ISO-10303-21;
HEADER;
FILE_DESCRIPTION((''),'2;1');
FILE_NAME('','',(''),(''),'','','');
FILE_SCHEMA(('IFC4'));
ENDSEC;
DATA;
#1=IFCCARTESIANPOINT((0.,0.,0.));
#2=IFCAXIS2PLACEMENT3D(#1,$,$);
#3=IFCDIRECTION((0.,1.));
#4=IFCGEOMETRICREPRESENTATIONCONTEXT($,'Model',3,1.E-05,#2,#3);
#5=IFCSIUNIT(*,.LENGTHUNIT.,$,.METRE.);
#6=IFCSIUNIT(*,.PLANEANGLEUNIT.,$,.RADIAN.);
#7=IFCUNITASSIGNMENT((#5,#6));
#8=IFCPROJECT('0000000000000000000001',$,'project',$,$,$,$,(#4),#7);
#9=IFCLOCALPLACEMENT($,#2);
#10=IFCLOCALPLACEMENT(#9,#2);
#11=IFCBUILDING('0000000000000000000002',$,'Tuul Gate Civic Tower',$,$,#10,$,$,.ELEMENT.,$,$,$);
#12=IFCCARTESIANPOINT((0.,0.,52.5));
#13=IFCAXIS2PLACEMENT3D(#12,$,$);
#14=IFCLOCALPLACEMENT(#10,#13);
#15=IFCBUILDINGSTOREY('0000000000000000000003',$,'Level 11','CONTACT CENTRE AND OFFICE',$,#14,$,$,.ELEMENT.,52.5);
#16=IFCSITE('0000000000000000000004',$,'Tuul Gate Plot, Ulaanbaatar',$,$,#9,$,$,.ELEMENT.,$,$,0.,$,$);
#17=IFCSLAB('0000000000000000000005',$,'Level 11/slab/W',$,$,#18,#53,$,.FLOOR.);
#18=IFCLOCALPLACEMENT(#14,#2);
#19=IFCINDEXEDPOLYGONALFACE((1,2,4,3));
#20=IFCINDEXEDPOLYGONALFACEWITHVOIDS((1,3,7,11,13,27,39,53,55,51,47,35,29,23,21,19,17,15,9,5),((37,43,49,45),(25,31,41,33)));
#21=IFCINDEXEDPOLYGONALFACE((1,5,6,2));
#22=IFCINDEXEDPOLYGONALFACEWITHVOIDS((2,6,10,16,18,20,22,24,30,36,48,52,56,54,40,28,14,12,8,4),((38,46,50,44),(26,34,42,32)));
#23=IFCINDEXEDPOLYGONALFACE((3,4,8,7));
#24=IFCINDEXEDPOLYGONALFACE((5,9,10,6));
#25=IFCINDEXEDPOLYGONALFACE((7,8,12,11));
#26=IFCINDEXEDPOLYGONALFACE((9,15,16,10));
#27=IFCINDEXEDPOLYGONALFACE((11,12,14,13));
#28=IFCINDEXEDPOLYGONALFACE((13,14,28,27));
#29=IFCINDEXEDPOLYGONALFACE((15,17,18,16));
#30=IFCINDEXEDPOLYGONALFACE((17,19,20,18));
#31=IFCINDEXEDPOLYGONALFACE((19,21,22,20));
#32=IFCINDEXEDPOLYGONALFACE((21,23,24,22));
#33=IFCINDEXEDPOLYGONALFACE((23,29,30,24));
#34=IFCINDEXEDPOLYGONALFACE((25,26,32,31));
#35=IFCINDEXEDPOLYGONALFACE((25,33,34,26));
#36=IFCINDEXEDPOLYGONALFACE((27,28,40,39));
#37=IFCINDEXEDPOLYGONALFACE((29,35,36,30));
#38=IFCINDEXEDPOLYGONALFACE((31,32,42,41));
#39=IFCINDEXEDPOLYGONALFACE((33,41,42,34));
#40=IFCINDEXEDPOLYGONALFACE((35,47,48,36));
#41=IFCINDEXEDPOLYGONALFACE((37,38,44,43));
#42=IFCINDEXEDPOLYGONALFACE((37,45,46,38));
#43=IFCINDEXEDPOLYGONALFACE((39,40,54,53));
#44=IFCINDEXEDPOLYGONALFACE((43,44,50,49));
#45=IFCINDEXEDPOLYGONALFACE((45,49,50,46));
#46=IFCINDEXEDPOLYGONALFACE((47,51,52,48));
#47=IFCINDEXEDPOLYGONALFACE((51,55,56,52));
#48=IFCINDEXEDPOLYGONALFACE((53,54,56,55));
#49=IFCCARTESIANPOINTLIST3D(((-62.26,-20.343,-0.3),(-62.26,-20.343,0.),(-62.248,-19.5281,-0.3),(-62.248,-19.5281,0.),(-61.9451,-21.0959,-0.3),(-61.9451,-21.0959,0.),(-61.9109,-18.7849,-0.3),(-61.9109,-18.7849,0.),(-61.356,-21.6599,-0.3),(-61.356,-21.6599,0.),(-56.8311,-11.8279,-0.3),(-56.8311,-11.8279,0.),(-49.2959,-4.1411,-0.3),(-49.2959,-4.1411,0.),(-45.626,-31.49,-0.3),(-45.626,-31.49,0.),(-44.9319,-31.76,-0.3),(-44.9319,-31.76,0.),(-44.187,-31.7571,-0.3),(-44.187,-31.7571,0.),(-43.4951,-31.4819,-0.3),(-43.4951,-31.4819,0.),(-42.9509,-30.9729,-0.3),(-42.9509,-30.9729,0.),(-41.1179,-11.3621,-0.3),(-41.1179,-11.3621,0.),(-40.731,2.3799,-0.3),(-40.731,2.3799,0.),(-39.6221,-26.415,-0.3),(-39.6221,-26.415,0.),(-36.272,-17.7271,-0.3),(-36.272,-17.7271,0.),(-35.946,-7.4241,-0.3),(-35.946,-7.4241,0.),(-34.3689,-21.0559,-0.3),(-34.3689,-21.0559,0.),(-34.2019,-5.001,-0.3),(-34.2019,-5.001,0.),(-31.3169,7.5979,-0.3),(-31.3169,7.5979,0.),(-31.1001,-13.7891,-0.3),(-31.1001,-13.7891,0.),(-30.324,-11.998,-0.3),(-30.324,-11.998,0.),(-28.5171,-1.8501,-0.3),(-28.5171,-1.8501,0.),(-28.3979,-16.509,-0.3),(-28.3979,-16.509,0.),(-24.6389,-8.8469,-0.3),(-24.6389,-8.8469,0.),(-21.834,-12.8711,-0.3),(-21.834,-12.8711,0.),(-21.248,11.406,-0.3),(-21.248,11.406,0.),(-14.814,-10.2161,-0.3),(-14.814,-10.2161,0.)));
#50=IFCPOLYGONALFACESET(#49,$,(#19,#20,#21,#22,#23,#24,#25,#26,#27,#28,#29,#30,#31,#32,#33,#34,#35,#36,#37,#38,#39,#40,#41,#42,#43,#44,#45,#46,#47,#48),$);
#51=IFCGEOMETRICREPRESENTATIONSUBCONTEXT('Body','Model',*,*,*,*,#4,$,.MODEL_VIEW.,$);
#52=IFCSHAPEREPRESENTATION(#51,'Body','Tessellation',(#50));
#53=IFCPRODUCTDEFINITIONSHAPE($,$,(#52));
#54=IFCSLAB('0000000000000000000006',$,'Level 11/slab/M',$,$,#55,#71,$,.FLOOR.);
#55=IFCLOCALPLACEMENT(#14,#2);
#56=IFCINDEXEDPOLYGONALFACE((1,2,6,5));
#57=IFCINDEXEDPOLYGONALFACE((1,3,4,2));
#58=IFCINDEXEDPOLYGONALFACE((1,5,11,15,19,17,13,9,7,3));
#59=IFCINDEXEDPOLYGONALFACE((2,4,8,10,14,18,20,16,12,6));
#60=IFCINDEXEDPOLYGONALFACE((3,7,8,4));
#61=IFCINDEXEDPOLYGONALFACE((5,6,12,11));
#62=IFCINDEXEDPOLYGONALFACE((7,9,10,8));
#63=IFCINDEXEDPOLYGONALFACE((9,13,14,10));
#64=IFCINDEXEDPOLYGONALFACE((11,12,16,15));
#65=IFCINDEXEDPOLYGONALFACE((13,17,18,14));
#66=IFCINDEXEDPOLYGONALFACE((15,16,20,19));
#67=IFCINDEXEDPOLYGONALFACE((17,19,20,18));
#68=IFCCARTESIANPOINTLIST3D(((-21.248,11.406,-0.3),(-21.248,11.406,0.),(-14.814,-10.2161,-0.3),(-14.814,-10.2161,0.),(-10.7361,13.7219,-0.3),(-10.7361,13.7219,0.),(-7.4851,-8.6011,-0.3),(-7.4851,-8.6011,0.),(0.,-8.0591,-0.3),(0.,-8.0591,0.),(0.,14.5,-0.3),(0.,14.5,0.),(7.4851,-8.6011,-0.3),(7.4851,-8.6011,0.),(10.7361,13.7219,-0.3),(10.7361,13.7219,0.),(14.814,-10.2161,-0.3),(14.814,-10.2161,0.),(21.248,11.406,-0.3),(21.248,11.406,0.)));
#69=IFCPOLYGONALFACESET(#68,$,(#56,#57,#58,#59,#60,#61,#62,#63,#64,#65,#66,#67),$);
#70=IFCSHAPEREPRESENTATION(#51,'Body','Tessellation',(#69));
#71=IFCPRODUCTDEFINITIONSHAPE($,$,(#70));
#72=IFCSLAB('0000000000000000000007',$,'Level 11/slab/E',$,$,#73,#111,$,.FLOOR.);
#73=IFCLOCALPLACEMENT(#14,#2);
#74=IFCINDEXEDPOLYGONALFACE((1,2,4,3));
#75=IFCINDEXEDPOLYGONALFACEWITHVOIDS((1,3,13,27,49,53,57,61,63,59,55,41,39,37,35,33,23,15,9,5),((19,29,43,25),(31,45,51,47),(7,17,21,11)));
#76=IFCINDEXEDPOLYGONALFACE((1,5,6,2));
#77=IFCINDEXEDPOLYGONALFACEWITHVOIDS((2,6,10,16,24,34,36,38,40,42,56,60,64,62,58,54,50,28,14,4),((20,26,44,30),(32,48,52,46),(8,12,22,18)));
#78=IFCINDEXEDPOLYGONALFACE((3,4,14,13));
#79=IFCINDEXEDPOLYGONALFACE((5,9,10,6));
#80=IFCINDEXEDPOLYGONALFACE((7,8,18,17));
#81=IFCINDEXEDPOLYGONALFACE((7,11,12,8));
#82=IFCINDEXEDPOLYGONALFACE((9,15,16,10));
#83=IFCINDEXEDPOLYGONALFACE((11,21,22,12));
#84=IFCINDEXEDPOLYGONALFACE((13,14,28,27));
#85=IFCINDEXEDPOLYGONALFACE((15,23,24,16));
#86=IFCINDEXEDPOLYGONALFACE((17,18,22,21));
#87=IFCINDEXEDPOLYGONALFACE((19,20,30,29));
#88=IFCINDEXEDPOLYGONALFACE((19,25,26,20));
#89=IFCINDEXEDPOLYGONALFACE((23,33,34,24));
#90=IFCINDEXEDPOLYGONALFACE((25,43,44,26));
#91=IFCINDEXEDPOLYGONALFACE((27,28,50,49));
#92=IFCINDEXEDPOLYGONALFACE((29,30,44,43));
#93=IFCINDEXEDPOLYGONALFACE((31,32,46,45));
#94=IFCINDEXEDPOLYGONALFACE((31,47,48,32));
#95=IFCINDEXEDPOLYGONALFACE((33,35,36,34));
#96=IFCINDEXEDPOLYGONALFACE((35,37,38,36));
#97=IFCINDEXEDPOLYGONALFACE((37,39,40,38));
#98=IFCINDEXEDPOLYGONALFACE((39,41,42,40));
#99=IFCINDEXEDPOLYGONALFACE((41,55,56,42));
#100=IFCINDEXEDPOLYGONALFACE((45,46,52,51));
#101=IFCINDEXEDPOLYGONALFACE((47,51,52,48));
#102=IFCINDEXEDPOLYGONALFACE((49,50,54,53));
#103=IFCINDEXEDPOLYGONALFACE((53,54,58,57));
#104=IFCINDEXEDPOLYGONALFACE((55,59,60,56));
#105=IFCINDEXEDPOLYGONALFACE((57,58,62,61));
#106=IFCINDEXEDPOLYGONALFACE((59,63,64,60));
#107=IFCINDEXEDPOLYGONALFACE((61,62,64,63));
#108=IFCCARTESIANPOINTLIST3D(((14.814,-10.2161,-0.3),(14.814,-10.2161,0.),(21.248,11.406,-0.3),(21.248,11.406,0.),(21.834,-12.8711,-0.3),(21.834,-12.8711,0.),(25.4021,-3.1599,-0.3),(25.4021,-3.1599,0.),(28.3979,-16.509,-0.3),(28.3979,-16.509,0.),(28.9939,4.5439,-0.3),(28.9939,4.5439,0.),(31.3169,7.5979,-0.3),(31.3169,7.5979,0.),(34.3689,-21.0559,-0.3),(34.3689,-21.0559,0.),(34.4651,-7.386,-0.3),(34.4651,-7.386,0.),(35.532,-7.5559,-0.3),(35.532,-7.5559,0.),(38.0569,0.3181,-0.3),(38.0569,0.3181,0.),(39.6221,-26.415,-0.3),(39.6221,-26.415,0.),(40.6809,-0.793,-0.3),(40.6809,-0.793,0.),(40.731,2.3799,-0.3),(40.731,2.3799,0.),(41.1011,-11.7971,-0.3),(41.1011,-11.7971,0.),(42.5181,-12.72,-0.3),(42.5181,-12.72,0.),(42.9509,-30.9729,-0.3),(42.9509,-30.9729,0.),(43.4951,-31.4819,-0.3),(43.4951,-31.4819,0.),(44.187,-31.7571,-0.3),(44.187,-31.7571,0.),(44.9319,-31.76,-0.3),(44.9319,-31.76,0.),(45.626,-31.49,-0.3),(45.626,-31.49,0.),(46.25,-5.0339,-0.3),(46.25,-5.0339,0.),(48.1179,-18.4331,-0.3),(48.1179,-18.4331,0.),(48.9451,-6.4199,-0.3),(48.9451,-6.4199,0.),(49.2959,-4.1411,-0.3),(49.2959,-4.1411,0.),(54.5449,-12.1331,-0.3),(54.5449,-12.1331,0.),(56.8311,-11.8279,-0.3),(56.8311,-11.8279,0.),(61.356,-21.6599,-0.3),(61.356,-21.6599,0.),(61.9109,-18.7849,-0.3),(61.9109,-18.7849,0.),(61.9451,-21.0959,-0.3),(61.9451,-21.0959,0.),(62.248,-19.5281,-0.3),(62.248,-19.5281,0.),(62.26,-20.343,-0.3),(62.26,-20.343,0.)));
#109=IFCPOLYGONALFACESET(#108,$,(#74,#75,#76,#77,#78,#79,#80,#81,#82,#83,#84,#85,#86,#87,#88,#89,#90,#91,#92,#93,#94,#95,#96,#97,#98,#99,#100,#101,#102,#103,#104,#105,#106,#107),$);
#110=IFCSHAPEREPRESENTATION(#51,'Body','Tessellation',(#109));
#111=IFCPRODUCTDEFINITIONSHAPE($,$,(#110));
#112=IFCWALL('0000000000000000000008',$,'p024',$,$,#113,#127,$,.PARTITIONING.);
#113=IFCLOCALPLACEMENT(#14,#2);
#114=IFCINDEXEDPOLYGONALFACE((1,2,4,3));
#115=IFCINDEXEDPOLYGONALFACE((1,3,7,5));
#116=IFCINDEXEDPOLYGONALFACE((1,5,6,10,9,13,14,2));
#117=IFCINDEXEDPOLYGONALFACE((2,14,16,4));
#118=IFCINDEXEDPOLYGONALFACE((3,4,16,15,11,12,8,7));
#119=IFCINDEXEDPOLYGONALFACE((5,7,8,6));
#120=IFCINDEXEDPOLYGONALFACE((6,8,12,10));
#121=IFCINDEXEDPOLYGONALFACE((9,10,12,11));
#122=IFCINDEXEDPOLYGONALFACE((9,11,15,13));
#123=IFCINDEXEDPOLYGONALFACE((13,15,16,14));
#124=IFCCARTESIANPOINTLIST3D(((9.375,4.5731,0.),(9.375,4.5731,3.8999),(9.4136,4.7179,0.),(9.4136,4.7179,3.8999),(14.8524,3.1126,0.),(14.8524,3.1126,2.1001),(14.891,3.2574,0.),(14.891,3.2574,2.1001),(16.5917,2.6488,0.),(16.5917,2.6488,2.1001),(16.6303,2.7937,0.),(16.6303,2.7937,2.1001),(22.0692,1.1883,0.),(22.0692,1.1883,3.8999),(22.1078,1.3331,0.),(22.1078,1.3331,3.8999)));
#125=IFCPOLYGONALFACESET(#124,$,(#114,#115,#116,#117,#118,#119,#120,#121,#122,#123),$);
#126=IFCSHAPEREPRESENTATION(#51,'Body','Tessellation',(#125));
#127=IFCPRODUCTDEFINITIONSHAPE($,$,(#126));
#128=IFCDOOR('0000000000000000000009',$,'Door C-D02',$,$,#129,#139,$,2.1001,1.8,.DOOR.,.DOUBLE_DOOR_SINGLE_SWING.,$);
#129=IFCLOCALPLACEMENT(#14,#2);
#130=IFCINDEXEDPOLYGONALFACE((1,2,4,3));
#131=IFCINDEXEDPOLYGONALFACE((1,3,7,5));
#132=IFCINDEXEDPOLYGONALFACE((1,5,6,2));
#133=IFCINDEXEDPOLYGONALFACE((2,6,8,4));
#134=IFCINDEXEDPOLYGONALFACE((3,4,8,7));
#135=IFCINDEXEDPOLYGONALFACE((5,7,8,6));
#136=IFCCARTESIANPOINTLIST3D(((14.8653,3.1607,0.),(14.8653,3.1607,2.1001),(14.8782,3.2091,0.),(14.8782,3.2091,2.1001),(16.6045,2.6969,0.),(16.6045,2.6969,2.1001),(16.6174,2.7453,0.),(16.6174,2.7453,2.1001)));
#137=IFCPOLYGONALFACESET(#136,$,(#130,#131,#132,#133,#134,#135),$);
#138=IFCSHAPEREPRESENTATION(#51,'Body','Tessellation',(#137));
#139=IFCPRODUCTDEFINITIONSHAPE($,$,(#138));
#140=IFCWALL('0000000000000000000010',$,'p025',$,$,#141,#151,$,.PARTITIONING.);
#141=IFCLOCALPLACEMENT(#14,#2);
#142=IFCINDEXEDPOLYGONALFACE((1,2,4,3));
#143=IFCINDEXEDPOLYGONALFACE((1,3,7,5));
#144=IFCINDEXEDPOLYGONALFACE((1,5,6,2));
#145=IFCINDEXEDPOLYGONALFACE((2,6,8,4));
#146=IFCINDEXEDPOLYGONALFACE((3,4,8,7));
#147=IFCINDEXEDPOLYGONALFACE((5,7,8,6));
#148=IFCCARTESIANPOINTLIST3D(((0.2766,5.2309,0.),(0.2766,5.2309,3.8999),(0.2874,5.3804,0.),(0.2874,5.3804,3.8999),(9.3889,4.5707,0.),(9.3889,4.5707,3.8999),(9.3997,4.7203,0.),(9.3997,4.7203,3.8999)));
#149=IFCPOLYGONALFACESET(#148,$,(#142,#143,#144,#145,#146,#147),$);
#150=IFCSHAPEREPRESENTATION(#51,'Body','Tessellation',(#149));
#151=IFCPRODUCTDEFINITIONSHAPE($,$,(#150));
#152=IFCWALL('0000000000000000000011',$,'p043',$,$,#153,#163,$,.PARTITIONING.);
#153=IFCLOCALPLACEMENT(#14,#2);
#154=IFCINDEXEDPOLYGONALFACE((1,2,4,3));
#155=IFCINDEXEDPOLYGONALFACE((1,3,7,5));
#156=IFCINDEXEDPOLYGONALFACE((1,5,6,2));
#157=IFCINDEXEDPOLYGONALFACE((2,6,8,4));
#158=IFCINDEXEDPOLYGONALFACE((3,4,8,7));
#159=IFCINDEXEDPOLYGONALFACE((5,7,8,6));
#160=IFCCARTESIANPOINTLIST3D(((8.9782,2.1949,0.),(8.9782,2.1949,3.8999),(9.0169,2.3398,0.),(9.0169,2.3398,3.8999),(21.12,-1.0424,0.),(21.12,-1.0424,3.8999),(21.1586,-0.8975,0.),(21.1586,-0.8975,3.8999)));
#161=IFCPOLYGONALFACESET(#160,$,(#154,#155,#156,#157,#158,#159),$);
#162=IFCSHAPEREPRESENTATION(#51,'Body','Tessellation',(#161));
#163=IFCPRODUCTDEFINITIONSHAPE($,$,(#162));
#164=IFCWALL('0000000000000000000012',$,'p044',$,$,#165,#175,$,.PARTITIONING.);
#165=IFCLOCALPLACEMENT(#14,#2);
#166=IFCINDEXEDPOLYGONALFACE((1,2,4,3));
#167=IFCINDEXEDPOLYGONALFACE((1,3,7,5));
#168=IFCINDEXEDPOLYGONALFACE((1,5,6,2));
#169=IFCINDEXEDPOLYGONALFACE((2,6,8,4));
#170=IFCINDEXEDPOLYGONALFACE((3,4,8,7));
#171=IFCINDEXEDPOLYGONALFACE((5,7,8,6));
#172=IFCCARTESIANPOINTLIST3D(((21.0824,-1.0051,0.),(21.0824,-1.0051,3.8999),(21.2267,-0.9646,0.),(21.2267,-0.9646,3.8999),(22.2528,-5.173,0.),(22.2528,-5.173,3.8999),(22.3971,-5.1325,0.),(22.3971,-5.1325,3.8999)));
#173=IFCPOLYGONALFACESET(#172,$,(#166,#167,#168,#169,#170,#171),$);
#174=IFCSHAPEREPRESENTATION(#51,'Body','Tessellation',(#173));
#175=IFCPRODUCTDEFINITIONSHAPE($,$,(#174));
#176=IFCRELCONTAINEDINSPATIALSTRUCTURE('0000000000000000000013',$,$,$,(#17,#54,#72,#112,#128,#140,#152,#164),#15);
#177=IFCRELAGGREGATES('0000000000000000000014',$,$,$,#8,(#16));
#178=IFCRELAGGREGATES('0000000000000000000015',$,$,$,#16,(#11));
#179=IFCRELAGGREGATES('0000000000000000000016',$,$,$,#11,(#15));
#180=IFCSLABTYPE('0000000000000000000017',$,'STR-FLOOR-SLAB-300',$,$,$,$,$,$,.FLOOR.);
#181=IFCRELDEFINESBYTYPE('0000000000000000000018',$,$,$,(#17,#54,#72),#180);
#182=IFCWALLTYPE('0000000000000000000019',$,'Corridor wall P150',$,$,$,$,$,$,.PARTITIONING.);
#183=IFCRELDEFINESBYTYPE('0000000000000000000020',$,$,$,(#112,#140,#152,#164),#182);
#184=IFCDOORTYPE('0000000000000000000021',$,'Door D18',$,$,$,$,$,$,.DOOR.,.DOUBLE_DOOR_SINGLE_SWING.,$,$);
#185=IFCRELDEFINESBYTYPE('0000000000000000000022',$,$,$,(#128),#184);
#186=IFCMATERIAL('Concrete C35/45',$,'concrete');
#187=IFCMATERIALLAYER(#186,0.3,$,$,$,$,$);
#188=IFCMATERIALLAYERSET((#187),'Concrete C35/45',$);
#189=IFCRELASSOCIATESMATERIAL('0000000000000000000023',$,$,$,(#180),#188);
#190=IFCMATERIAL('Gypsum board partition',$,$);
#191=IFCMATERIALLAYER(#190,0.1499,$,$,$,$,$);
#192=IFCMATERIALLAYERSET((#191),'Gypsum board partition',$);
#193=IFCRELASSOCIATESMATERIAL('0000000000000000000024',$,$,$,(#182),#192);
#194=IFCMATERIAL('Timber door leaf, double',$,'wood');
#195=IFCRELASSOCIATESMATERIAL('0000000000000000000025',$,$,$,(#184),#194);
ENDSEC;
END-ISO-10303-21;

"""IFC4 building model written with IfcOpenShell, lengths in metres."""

from ifc_helpers import new_model, si_unit, direction, frame, frame_2d, origin, place, context, subcontext, project, spatial, polyline, rectangle, outline, extrude, material, layer, layer_set, type_object, element, fill, save


model = new_model("IFC4")

# Units and contexts
model_context = context("Model", 3, precision=1e-05, world=origin(), true_north=direction((0.0, 1.0)))
body_context = subcontext(model_context, "Body", "Model", "MODEL_VIEW")
ifc_project = project(units=[si_unit("LENGTHUNIT", "METRE"), si_unit("PLANEANGLEUNIT", "RADIAN")], contexts=[model_context])

# Site, building, storey
site_placement = place(None, origin())
site = spatial("IfcSite", under=ifc_project, at=site_placement, Name="Tuul Gate Plot, Ulaanbaatar", CompositionType="ELEMENT", RefElevation=0.0)
building_placement = place(site_placement, origin())
building = spatial("IfcBuilding", under=site, at=building_placement, Name="Tuul Gate Civic Tower", CompositionType="ELEMENT")
storey_placement = place(building_placement, frame((0.0, 0.0, 52.5)))
storey = spatial("IfcBuildingStorey", under=building, at=storey_placement, Name="Level 11", Description="CONTACT CENTRE AND OFFICE", CompositionType="ELEMENT", Elevation=52.5)

# Slabs
ifc_material_1 = material(Name="Concrete C35/45", Category="concrete")
ifc_layer_1 = layer(ifc_material_1, 0.3)
ifc_layer_set_1 = layer_set([ifc_layer_1], Name="Concrete C35/45")
slab_type_1 = type_object("IfcSlabType", Name="STR-FLOOR-SLAB-300", PredefinedType="FLOOR", material=ifc_layer_set_1)
slab_1_placement = place(storey_placement, frame((0.0, 0.0, -0.3)))
element("IfcSlab", 1, at=slab_1_placement, inside=storey, type_object=slab_type_1, Name="Level 11/slab/W", PredefinedType="FLOOR", context=body_context, shape_type="SweptSolid", body=[
    extrude(outline(polyline([(-21.834, -12.8711), (-14.814, -10.2161), (-21.248, 11.406), (-31.3169, 7.5979), (-40.731, 2.3799), (-49.2959, -4.1411), (-56.8311, -11.8279), (-61.9109, -18.7849), (-62.248, -19.5281), (-62.26, -20.343), (-61.9451, -21.0959), (-61.356, -21.6599), (-45.626, -31.49), (-44.9319, -31.76), (-44.187, -31.7571), (-43.4951, -31.4819), (-42.9509, -30.9729), (-39.6221, -26.415), (-34.3689, -21.0559), (-28.3979, -16.509), (-21.834, -12.8711)]), holes=[polyline([(-31.1001, -13.7891), (-36.272, -17.7271), (-41.1179, -11.3621), (-35.946, -7.4241), (-31.1001, -13.7891)]), polyline([(-24.6389, -8.8469), (-30.324, -11.998), (-34.2019, -5.001), (-28.5171, -1.8501), (-24.6389, -8.8469)])]), origin(), (0.0, 0.0, 1.0), 0.3),
])
slab_2_placement = place(storey_placement, frame((0.0, 0.0, -0.3)))
element("IfcSlab", 2, at=slab_2_placement, inside=storey, type_object=slab_type_1, Name="Level 11/slab/M", PredefinedType="FLOOR", context=body_context, shape_type="SweptSolid", body=[
    extrude(outline(polyline([(14.814, -10.2161), (21.248, 11.406), (10.7361, 13.7219), (0.0, 14.5), (-10.7361, 13.7219), (-21.248, 11.406), (-14.814, -10.2161), (-7.4851, -8.6011), (0.0, -8.0591), (7.4851, -8.6011), (14.814, -10.2161)])), origin(), (0.0, 0.0, 1.0), 0.3),
])
slab_3_placement = place(storey_placement, frame((0.0, 0.0, -0.3)))
element("IfcSlab", 3, at=slab_3_placement, inside=storey, type_object=slab_type_1, Name="Level 11/slab/E", PredefinedType="FLOOR", context=body_context, shape_type="SweptSolid", body=[
    extrude(outline(polyline([(44.9319, -31.76), (45.626, -31.49), (61.356, -21.6599), (61.9451, -21.0959), (62.26, -20.343), (62.248, -19.5281), (61.9109, -18.7849), (56.8311, -11.8279), (49.2959, -4.1411), (40.731, 2.3799), (31.3169, 7.5979), (21.248, 11.406), (14.814, -10.2161), (21.834, -12.8711), (28.3979, -16.509), (34.3689, -21.0559), (39.6221, -26.415), (42.9509, -30.9729), (43.4951, -31.4819), (44.187, -31.7571), (44.9319, -31.76)]), holes=[polyline([(48.1179, -18.4331), (42.5181, -12.72), (48.9451, -6.4199), (54.5449, -12.1331), (48.1179, -18.4331)]), polyline([(35.532, -7.5559), (40.6809, -0.793), (46.25, -5.0339), (41.1011, -11.7971), (35.532, -7.5559)]), polyline([(25.4021, -3.1599), (28.9939, 4.5439), (38.0569, 0.3181), (34.4651, -7.386), (25.4021, -3.1599)])]), origin(), (0.0, 0.0, 1.0), 0.3),
])

# Wall, opening, door
ifc_material_2 = material(Name="Gypsum board partition")
ifc_layer_2 = layer(ifc_material_2, 0.1499)
ifc_layer_set_2 = layer_set([ifc_layer_2], Name="Gypsum board partition")
wall_type_1 = type_object("IfcWallType", Name="Corridor wall P150", PredefinedType="PARTITIONING", material=ifc_layer_set_2)
wall_1_placement = place(storey_placement, frame((9.3943, 4.6455, 0.0), z_axis=(0.0, 0.0, 1.0), x_axis=(0.966241, -0.25764, 0.0)))
wall_1 = element("IfcWall", 4, at=wall_1_placement, inside=storey, type_object=wall_type_1, Name="p024", PredefinedType="PARTITIONING", context=body_context, shape_type="SweptSolid", body=[
    extrude(rectangle(XDim=13.1377, YDim=0.1499, at=frame_2d((6.5688, 0.0))), origin(), (0.0, 0.0, 1.0), 3.8999),
])
opening_1_placement = place(wall_1_placement, frame((5.6689, 0.0, 0.0)))
opening_1 = element("IfcOpeningElement", 5, at=opening_1_placement, cuts=wall_1, PredefinedType="OPENING", context=body_context, shape_type="SweptSolid", body=[
    extrude(rectangle(XDim=1.8, YDim=2.1001, at=frame_2d((0.8999, 1.05))), frame((0.0, 0.085, 0.0), z_axis=(0.0, -1.0, 0.0), x_axis=(1.0, 0.0, 0.0)), (0.0, 0.0, 1.0), 0.1699),
])
ifc_material_3 = material(Name="Timber door leaf, double", Category="wood")
door_type = type_object("IfcDoorType", Name="Door D18", OperationType="DOUBLE_DOOR_SINGLE_SWING", PredefinedType="DOOR", material=ifc_material_3)
door_placement = place(opening_1_placement, origin())
door = element("IfcDoor", 6, at=door_placement, inside=storey, type_object=door_type, Name="Door C-D02", OperationType="DOUBLE_DOOR_SINGLE_SWING", OverallHeight=2.1001, OverallWidth=1.8, PredefinedType="DOOR", context=body_context, shape_type="SweptSolid", body=[
    extrude(rectangle(XDim=1.8, YDim=2.1001, at=frame_2d((0.8999, 1.05))), frame((0.0, 0.0249, 0.0), z_axis=(0.0, -1.0, 0.0), x_axis=(1.0, 0.0, 0.0)), (0.0, 0.0, 1.0), 0.05),
])
fill(opening_1, door)

# Walls
wall_2_placement = place(storey_placement, frame((0.282, 5.3057, 0.0), z_axis=(0.0, 0.0, 1.0), x_axis=(0.997386, -0.072257, 0.0)))
element("IfcWall", 7, at=wall_2_placement, inside=storey, type_object=wall_type_1, Name="p025", PredefinedType="PARTITIONING", context=body_context, shape_type="SweptSolid", body=[
    extrude(rectangle(XDim=9.1362, YDim=0.1499, at=frame_2d((4.5681, 0.0))), origin(), (0.0, 0.0, 1.0), 3.8999),
])
wall_3_placement = place(storey_placement, frame((8.9976, 2.2673, 0.0), z_axis=(0.0, 0.0, 1.0), x_axis=(0.966245, -0.257624, 0.0)))
element("IfcWall", 8, at=wall_3_placement, inside=storey, type_object=wall_type_1, Name="p043", PredefinedType="PARTITIONING", context=body_context, shape_type="SweptSolid", body=[
    extrude(rectangle(XDim=12.5659, YDim=0.1499, at=frame_2d((6.283, 0.0))), origin(), (0.0, 0.0, 1.0), 3.8999),
])
wall_4_placement = place(storey_placement, frame((21.1545, -0.9849, 0.0), z_axis=(0.0, 0.0, 1.0), x_axis=(0.270354, -0.962761, 0.0)))
element("IfcWall", 9, at=wall_4_placement, inside=storey, type_object=wall_type_1, Name="p044", PredefinedType="PARTITIONING", context=body_context, shape_type="SweptSolid", body=[
    extrude(rectangle(XDim=4.3291, YDim=0.1499, at=frame_2d((2.1646, 0.0))), origin(), (0.0, 0.0, 1.0), 3.8999),
])

save(model, "model.ifc")
